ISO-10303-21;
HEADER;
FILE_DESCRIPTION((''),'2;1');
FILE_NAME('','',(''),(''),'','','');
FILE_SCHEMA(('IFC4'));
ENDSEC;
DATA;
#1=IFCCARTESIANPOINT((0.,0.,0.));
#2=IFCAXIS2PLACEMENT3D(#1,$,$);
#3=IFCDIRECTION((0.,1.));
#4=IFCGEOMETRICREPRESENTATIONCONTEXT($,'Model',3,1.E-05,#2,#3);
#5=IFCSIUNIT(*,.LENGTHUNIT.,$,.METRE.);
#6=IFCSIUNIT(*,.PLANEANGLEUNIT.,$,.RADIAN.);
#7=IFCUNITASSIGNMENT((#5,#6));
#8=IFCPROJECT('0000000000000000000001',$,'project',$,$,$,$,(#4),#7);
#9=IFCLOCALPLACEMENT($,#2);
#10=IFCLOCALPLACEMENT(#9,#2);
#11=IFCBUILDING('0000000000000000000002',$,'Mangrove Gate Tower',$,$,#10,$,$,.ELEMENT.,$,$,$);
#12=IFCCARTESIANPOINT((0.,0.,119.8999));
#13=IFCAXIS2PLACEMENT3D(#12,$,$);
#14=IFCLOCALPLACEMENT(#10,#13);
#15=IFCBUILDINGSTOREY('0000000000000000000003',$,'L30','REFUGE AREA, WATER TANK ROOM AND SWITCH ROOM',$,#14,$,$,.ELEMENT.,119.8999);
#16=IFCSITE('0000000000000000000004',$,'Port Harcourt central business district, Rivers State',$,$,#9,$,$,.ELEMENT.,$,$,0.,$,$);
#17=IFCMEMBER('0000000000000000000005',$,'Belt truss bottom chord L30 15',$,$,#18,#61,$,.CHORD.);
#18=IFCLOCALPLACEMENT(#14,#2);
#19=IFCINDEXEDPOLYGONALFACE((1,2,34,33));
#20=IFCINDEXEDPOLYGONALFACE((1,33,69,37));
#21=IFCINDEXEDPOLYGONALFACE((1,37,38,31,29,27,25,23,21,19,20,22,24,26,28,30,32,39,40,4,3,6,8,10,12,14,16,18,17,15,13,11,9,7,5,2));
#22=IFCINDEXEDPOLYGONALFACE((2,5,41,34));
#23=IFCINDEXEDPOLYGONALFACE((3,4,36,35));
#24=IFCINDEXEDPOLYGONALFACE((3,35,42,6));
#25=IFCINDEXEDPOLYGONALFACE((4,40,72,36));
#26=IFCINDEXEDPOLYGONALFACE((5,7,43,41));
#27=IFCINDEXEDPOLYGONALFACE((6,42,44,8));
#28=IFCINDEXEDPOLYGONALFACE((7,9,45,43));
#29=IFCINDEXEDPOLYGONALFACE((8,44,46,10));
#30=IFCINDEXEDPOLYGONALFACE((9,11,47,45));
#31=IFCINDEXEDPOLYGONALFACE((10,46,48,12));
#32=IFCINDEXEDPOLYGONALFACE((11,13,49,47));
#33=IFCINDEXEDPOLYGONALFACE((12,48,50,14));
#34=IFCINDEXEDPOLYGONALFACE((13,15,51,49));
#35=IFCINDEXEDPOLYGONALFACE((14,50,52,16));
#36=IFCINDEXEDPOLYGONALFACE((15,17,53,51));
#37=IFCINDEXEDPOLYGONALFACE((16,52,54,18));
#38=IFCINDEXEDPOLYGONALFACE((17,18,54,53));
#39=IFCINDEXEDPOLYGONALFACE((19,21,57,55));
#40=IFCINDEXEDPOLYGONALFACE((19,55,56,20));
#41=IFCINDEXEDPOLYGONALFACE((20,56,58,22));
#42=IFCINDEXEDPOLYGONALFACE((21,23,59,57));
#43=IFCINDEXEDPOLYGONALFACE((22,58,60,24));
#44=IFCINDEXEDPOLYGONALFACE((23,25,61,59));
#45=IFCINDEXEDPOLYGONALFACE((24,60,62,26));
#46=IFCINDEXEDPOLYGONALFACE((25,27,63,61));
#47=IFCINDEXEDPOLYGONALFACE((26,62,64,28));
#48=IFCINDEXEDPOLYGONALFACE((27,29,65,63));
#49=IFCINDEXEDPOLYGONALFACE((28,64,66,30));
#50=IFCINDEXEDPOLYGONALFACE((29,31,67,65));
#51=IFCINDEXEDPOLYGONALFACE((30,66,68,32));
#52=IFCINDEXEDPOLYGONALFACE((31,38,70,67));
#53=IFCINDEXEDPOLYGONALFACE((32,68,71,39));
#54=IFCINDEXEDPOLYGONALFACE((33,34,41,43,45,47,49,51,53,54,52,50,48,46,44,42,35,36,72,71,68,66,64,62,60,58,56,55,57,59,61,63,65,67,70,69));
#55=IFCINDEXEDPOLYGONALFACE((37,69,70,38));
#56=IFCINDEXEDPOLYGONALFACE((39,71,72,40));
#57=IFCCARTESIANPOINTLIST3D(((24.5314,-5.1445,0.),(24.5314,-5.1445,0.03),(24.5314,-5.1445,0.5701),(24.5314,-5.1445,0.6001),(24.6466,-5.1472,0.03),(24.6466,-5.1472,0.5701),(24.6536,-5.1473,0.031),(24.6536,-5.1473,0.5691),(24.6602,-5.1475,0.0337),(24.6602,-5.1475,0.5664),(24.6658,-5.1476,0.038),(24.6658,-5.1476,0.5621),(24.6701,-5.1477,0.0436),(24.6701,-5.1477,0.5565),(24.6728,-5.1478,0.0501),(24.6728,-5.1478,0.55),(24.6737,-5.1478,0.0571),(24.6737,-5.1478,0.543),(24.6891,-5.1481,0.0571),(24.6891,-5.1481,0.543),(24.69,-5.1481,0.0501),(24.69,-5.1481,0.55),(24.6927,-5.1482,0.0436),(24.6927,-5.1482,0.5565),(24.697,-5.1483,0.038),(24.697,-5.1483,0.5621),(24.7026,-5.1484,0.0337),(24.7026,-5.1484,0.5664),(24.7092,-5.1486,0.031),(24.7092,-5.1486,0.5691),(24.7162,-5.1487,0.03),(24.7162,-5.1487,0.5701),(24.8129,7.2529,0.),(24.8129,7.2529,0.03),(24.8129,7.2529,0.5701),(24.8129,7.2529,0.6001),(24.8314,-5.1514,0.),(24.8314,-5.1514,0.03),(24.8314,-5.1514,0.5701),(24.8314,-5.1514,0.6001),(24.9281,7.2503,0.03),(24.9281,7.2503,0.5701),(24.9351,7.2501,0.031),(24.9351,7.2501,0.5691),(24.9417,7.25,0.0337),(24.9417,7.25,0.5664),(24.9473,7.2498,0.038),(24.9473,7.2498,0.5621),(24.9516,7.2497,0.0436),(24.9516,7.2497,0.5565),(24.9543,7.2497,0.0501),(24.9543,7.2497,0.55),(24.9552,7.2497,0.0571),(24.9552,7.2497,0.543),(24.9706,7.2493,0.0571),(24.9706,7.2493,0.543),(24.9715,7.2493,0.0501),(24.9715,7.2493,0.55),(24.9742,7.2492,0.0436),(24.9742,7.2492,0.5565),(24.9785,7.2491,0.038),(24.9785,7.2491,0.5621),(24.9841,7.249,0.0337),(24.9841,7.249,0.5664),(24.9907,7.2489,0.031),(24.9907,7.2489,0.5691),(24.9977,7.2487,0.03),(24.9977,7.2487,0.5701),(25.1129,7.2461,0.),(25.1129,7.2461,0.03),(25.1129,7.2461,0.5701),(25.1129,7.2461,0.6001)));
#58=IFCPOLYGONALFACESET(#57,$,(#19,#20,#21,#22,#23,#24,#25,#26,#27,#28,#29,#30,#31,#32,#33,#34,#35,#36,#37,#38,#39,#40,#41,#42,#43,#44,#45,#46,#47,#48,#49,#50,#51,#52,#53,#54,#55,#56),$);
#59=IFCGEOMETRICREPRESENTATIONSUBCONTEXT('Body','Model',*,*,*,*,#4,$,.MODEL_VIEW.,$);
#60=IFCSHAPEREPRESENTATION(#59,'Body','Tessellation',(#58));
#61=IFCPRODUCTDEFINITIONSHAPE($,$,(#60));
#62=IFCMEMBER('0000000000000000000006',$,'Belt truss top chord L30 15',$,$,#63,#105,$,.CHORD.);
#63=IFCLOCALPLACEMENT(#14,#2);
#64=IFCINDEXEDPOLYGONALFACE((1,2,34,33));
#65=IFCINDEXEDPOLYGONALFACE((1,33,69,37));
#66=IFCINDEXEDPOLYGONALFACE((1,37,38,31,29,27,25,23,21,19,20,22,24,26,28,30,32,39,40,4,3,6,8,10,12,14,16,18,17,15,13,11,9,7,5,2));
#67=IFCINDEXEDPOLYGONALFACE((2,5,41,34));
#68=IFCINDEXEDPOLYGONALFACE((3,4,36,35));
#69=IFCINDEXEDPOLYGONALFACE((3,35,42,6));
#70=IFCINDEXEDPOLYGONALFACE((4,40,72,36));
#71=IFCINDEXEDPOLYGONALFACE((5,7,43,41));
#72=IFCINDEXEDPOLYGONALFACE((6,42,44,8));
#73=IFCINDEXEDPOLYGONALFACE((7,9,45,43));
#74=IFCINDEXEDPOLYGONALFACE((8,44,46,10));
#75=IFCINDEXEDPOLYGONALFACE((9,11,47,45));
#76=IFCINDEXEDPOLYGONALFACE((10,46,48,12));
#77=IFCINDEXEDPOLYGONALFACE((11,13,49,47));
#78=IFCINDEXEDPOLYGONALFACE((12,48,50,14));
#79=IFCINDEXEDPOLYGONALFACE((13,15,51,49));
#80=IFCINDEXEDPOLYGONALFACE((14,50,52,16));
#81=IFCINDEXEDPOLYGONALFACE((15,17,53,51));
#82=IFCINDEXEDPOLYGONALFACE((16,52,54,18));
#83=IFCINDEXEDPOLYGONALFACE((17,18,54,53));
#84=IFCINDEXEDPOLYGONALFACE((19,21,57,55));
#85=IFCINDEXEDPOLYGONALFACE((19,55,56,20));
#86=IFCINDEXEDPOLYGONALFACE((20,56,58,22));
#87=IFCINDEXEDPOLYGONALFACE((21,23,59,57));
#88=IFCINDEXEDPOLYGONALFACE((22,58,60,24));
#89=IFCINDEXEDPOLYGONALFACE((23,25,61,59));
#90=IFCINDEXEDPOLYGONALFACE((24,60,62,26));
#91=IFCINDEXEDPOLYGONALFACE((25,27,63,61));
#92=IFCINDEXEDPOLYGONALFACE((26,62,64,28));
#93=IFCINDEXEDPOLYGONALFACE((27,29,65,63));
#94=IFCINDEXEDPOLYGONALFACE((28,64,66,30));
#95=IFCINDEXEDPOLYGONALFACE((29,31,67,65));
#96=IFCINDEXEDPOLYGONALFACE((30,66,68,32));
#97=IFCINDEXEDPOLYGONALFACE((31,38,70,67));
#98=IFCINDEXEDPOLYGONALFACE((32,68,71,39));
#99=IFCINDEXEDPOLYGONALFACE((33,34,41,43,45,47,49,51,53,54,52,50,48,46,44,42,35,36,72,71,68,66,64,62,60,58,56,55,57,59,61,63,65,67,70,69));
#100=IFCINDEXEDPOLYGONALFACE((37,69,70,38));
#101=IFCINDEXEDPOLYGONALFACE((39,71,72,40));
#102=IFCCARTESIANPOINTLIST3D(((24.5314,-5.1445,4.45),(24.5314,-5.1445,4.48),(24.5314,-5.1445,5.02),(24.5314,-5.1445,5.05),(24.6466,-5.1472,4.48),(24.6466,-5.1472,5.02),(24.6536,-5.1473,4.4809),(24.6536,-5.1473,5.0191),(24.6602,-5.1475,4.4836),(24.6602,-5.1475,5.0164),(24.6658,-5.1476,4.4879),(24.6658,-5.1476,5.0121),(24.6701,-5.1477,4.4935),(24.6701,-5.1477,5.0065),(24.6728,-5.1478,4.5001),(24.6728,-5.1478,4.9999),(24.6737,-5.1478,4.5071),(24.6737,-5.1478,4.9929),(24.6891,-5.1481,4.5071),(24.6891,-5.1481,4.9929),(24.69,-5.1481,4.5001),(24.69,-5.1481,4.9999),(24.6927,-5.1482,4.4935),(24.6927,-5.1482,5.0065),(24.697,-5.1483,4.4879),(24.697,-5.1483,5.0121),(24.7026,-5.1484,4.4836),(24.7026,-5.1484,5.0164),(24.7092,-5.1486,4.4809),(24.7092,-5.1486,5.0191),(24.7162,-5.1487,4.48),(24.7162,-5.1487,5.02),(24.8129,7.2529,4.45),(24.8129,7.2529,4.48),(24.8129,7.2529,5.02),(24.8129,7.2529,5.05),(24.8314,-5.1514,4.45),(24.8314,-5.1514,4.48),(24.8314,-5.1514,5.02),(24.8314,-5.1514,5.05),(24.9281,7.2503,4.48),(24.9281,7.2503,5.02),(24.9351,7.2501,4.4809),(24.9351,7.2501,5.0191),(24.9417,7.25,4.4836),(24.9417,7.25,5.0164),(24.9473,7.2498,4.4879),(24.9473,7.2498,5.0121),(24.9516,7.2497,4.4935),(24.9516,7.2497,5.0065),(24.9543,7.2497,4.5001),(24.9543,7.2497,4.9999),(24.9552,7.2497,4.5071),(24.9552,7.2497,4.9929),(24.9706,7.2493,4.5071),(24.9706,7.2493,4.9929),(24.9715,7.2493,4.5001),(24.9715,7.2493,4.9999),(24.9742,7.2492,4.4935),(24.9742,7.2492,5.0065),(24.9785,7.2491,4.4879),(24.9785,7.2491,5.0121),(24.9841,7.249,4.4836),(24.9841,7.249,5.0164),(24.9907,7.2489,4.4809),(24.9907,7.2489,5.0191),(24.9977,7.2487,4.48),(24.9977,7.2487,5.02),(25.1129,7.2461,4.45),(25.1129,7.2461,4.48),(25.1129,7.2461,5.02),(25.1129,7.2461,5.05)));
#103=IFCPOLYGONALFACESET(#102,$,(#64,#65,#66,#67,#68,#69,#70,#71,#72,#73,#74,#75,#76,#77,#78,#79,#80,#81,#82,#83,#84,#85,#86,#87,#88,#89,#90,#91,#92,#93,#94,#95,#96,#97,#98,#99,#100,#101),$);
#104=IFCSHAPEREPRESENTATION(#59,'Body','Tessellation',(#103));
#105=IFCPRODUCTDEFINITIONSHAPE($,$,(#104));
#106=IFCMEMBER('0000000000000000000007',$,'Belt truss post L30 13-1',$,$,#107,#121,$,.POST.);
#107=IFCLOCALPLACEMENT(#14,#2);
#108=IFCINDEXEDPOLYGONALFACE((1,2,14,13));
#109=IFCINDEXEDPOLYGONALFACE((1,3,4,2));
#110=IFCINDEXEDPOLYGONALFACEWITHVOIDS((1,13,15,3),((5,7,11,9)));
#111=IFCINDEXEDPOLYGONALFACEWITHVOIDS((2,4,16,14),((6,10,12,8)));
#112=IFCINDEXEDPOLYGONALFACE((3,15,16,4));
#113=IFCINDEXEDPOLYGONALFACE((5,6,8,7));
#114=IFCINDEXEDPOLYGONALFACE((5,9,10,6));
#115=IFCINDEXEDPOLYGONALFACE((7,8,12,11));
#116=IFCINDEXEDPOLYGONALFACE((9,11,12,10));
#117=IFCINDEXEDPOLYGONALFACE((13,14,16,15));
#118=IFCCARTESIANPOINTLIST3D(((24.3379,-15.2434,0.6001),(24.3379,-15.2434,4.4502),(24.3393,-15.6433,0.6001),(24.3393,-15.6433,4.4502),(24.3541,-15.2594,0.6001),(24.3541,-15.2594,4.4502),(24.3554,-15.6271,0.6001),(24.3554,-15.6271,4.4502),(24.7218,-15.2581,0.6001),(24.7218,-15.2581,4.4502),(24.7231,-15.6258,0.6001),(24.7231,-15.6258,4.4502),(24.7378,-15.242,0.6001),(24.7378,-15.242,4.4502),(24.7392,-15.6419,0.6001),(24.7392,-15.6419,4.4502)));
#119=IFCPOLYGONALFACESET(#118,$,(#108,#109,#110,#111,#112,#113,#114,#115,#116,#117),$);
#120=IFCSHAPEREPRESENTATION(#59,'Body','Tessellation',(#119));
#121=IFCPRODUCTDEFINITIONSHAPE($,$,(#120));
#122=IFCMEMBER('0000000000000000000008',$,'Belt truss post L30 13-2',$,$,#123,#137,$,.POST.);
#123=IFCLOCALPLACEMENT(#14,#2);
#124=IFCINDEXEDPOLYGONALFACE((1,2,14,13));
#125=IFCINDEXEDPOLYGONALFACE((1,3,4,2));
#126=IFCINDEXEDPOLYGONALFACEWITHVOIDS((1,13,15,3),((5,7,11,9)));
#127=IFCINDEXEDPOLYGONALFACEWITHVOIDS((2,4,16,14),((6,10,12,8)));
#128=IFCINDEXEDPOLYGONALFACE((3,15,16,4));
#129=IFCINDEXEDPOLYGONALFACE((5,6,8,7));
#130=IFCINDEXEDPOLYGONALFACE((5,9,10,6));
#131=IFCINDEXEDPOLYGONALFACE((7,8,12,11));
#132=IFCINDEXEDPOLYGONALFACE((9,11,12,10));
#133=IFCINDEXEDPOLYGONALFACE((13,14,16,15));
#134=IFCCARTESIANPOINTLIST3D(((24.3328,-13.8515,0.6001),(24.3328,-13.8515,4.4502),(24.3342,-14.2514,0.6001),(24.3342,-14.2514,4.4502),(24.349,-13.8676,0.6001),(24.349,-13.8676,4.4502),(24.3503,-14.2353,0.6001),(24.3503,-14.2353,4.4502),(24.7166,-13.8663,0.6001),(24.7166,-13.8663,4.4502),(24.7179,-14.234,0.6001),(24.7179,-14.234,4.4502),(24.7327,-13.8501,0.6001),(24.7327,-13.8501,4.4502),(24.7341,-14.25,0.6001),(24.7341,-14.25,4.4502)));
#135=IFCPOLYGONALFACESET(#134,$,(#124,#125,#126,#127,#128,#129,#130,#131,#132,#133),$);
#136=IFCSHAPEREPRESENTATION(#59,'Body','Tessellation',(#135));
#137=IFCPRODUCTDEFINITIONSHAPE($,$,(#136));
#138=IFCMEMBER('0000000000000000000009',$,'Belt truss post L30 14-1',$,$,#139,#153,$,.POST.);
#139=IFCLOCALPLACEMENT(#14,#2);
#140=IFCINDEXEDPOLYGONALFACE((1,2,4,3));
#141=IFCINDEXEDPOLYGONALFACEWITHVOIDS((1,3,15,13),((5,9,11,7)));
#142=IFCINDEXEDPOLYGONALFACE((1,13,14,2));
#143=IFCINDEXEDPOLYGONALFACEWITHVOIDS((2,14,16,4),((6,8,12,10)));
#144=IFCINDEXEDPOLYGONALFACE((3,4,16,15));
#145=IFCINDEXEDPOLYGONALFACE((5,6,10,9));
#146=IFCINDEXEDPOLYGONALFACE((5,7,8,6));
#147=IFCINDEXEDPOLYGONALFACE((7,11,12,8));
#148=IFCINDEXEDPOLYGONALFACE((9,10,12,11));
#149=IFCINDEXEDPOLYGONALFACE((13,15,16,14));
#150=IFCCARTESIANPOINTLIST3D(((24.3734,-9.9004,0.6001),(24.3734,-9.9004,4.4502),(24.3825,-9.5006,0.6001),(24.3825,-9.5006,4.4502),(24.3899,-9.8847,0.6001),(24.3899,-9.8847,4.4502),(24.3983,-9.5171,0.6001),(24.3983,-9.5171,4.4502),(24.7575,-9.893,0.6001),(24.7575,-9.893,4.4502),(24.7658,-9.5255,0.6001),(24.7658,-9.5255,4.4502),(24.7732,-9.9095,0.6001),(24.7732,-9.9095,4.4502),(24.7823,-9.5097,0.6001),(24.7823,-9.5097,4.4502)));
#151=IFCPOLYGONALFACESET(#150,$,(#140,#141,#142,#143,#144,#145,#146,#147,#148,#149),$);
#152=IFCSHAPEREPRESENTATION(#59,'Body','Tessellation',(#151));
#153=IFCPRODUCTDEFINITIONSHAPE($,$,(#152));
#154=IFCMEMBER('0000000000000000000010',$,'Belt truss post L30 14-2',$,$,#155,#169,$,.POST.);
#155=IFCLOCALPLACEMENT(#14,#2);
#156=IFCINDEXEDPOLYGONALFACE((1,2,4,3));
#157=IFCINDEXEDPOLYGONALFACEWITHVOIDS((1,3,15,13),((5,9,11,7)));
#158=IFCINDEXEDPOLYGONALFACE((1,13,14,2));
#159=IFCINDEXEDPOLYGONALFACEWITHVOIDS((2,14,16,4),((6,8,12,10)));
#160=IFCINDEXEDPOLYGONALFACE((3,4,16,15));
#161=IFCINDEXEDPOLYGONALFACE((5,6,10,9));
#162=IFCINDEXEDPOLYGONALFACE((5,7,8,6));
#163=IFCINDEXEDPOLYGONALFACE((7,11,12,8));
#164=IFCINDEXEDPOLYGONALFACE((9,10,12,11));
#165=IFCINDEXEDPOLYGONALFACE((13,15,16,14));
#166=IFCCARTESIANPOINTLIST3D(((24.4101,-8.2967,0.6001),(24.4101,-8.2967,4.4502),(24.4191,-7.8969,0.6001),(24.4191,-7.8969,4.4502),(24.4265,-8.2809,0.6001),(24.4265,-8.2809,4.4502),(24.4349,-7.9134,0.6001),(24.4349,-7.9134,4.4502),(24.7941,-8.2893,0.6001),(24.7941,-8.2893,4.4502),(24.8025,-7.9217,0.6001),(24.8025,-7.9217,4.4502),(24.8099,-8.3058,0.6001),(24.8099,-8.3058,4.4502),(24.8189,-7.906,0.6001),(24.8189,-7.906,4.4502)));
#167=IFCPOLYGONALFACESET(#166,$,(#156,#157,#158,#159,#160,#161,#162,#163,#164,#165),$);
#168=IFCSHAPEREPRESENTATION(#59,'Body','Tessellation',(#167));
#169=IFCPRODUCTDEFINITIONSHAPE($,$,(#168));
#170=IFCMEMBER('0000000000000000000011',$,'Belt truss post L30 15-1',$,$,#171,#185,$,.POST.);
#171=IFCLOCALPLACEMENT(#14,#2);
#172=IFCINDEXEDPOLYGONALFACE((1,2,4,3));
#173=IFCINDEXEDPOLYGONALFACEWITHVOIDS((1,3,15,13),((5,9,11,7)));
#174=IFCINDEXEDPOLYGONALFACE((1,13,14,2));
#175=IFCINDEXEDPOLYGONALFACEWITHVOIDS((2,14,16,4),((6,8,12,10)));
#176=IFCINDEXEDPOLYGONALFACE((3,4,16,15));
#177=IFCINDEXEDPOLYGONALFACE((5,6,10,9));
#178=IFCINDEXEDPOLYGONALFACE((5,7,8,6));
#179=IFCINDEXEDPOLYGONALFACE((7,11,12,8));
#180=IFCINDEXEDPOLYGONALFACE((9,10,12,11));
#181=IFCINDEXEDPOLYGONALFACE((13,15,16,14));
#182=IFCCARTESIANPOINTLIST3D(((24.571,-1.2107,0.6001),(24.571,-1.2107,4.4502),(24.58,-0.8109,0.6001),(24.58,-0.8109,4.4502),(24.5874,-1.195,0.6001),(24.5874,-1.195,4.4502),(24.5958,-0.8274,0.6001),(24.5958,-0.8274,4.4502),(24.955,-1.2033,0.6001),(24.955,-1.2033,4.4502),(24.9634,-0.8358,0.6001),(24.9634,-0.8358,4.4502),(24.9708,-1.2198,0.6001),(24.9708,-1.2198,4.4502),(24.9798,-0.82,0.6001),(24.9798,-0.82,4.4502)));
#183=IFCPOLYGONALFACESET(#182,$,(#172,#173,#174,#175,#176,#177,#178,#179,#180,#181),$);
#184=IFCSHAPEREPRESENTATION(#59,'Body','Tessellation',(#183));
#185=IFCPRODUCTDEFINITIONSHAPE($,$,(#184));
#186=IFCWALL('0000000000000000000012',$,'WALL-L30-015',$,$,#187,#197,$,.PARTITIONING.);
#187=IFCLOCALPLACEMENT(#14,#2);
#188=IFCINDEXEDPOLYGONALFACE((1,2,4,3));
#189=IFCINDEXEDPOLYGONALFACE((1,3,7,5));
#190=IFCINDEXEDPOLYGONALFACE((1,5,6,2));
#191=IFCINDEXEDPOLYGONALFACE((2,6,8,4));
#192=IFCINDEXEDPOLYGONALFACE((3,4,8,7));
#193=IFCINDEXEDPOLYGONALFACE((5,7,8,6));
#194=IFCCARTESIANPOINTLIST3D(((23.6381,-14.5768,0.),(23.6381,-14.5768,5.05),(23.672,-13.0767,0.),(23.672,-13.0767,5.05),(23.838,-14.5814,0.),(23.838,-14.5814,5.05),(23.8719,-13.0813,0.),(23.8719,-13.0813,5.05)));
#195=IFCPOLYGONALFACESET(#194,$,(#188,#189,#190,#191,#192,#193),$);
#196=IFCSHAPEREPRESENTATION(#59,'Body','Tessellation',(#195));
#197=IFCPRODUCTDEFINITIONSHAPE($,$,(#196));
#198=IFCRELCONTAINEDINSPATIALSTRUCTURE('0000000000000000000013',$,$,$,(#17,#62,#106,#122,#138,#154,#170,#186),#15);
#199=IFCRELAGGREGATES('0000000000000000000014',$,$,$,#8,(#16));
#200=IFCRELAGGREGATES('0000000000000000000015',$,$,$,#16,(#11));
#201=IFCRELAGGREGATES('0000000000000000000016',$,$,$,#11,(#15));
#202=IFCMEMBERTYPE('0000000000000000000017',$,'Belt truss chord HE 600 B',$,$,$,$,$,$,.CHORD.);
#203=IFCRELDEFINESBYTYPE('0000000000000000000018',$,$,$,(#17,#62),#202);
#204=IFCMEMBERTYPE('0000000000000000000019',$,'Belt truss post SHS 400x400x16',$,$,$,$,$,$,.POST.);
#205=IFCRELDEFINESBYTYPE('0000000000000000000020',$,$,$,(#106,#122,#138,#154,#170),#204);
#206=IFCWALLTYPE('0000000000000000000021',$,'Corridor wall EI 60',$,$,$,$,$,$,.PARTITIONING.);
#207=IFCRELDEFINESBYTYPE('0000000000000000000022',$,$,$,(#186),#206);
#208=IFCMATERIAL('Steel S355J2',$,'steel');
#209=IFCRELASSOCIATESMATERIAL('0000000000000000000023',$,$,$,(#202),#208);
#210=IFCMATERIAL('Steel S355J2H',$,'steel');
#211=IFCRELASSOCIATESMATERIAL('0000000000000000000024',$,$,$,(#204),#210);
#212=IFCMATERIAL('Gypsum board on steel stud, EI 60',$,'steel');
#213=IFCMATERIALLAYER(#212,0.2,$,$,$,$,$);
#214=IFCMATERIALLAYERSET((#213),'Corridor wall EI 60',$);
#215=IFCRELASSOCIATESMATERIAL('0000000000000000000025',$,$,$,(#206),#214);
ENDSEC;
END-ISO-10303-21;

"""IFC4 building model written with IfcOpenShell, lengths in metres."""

from ifc_helpers import new_model, si_unit, direction, frame, frame_2d, origin, origin_2d, place, context, subcontext, project, spatial, rectangle, hollow_rectangle, i_section, extrude, material, layer, layer_set, material_profile, profile_set, type_object, element, save


model = new_model("IFC4")

# Units and contexts
model_context = context("Model", 3, precision=1e-05, world=origin(), true_north=direction((0.0, 1.0)))
body_context = subcontext(model_context, "Body", "Model", "MODEL_VIEW")
ifc_project = project(units=[si_unit("LENGTHUNIT", "METRE"), si_unit("PLANEANGLEUNIT", "RADIAN")], contexts=[model_context])

# Site, building, storey
site_placement = place(None, origin())
site = spatial("IfcSite", under=ifc_project, at=site_placement, Name="Port Harcourt central business district, Rivers State", CompositionType="ELEMENT", RefElevation=0.0)
building_placement = place(site_placement, origin())
building = spatial("IfcBuilding", under=site, at=building_placement, Name="Mangrove Gate Tower", CompositionType="ELEMENT")
storey_placement = place(building_placement, frame((0.0, 0.0, 119.8999)))
storey = spatial("IfcBuildingStorey", under=building, at=storey_placement, Name="L30", Description="REFUGE AREA, WATER TANK ROOM AND SWITCH ROOM", CompositionType="ELEMENT", Elevation=119.8999)

# Members
ifc_material_1 = material(Name="Steel S355J2", Category="steel")
ifc_material_profile_1 = material_profile(ifc_material_1, i_section(OverallWidth=0.3, OverallDepth=0.6001, WebThickness=0.0154, FlangeThickness=0.03, FilletRadius=0.0271, at=origin_2d()))
ifc_profile_set_1 = profile_set([ifc_material_profile_1], Name="Steel S355J2")
member_type_1 = type_object("IfcMemberType", Name="Belt truss chord HE 600 B", PredefinedType="CHORD", material=ifc_profile_set_1)
for number, where, z_axis, x_axis, name in (
    (1, (24.6814, -5.1479, 0.3), (0.0227, 0.999742, 0.0), (-0.999742, 0.0227, 0.0), "Belt truss bottom chord L30 15"),
    (2, (24.6814, -5.1479, 4.75), (0.0227, 0.999742, 0.0), (-0.999742, 0.0227, 0.0), "Belt truss top chord L30 15"),
):
    element("IfcMember", number, at=place(storey_placement, frame(where, z_axis=z_axis, x_axis=x_axis)), inside=storey, type_object=member_type_1, Name=name, PredefinedType="CHORD", context=body_context, shape_type="SweptSolid", body=[
        extrude(i_section(OverallWidth=0.3, OverallDepth=0.6001, WebThickness=0.0154, FlangeThickness=0.03, FilletRadius=0.0271, at=origin_2d()), origin(), (0.0, 0.0, 1.0), 12.4006),
    ])
ifc_material_2 = material(Name="Steel S355J2H", Category="steel")
ifc_material_profile_2 = material_profile(ifc_material_2, hollow_rectangle(XDim=0.3999, YDim=0.3999, WallThickness=0.0161, at=origin_2d()))
ifc_profile_set_2 = profile_set([ifc_material_profile_2], Name="Steel S355J2H")
member_type_2 = type_object("IfcMemberType", Name="Belt truss post SHS 400x400x16", PredefinedType="POST", material=ifc_profile_set_2)
for number, where, z_axis, x_axis, name in (
    (3, (24.5386, -15.4426, 0.6001), (0.0, 0.0, 1.0), (-0.003554, 0.999994, 0.0), "Belt truss post L30 13-1"),
    (4, (24.5334, -14.0508, 0.6001), (0.0, 0.0, 1.0), (-0.003554, 0.999994, 0.0), "Belt truss post L30 13-2"),
    (5, (24.5779, -9.7051, 0.6001), (0.0, 0.0, 1.0), (0.022718, 0.999742, 0.0), "Belt truss post L30 14-1"),
    (6, (24.6145, -8.1013, 0.6001), (0.0, 0.0, 1.0), (0.022718, 0.999742, 0.0), "Belt truss post L30 14-2"),
    (7, (24.7754, -1.0154, 0.6001), (0.0, 0.0, 1.0), (0.02269, 0.999743, 0.0), "Belt truss post L30 15-1"),
):
    element("IfcMember", number, at=place(storey_placement, frame(where, z_axis=z_axis, x_axis=x_axis)), inside=storey, type_object=member_type_2, Name=name, PredefinedType="POST", context=body_context, shape_type="SweptSolid", body=[
        extrude(hollow_rectangle(XDim=0.3999, YDim=0.3999, WallThickness=0.0161, at=origin_2d()), origin(), (0.0, 0.0, 1.0), 3.8501),
    ])

# Wall
ifc_material_3 = material(Name="Gypsum board on steel stud, EI 60", Category="steel")
ifc_layer_1 = layer(ifc_material_3, 0.2)
ifc_layer_set_1 = layer_set([ifc_layer_1], Name="Corridor wall EI 60")
wall_type_1 = type_object("IfcWallType", Name="Corridor wall EI 60", PredefinedType="PARTITIONING", material=ifc_layer_set_1)
wall_1_placement = place(storey_placement, frame((23.738, -14.5791, 0.0), z_axis=(0.0, 0.0, 1.0), x_axis=(0.022618, 0.999744, 0.0)))
element("IfcWall", 8, at=wall_1_placement, inside=storey, type_object=wall_type_1, Name="WALL-L30-015", PredefinedType="PARTITIONING", context=body_context, shape_type="SweptSolid", body=[
    extrude(rectangle(XDim=1.5005, YDim=0.2, at=frame_2d((0.7502, 0.0))), origin(), (0.0, 0.0, 1.0), 5.05),
])

save(model, "model.ifc")
